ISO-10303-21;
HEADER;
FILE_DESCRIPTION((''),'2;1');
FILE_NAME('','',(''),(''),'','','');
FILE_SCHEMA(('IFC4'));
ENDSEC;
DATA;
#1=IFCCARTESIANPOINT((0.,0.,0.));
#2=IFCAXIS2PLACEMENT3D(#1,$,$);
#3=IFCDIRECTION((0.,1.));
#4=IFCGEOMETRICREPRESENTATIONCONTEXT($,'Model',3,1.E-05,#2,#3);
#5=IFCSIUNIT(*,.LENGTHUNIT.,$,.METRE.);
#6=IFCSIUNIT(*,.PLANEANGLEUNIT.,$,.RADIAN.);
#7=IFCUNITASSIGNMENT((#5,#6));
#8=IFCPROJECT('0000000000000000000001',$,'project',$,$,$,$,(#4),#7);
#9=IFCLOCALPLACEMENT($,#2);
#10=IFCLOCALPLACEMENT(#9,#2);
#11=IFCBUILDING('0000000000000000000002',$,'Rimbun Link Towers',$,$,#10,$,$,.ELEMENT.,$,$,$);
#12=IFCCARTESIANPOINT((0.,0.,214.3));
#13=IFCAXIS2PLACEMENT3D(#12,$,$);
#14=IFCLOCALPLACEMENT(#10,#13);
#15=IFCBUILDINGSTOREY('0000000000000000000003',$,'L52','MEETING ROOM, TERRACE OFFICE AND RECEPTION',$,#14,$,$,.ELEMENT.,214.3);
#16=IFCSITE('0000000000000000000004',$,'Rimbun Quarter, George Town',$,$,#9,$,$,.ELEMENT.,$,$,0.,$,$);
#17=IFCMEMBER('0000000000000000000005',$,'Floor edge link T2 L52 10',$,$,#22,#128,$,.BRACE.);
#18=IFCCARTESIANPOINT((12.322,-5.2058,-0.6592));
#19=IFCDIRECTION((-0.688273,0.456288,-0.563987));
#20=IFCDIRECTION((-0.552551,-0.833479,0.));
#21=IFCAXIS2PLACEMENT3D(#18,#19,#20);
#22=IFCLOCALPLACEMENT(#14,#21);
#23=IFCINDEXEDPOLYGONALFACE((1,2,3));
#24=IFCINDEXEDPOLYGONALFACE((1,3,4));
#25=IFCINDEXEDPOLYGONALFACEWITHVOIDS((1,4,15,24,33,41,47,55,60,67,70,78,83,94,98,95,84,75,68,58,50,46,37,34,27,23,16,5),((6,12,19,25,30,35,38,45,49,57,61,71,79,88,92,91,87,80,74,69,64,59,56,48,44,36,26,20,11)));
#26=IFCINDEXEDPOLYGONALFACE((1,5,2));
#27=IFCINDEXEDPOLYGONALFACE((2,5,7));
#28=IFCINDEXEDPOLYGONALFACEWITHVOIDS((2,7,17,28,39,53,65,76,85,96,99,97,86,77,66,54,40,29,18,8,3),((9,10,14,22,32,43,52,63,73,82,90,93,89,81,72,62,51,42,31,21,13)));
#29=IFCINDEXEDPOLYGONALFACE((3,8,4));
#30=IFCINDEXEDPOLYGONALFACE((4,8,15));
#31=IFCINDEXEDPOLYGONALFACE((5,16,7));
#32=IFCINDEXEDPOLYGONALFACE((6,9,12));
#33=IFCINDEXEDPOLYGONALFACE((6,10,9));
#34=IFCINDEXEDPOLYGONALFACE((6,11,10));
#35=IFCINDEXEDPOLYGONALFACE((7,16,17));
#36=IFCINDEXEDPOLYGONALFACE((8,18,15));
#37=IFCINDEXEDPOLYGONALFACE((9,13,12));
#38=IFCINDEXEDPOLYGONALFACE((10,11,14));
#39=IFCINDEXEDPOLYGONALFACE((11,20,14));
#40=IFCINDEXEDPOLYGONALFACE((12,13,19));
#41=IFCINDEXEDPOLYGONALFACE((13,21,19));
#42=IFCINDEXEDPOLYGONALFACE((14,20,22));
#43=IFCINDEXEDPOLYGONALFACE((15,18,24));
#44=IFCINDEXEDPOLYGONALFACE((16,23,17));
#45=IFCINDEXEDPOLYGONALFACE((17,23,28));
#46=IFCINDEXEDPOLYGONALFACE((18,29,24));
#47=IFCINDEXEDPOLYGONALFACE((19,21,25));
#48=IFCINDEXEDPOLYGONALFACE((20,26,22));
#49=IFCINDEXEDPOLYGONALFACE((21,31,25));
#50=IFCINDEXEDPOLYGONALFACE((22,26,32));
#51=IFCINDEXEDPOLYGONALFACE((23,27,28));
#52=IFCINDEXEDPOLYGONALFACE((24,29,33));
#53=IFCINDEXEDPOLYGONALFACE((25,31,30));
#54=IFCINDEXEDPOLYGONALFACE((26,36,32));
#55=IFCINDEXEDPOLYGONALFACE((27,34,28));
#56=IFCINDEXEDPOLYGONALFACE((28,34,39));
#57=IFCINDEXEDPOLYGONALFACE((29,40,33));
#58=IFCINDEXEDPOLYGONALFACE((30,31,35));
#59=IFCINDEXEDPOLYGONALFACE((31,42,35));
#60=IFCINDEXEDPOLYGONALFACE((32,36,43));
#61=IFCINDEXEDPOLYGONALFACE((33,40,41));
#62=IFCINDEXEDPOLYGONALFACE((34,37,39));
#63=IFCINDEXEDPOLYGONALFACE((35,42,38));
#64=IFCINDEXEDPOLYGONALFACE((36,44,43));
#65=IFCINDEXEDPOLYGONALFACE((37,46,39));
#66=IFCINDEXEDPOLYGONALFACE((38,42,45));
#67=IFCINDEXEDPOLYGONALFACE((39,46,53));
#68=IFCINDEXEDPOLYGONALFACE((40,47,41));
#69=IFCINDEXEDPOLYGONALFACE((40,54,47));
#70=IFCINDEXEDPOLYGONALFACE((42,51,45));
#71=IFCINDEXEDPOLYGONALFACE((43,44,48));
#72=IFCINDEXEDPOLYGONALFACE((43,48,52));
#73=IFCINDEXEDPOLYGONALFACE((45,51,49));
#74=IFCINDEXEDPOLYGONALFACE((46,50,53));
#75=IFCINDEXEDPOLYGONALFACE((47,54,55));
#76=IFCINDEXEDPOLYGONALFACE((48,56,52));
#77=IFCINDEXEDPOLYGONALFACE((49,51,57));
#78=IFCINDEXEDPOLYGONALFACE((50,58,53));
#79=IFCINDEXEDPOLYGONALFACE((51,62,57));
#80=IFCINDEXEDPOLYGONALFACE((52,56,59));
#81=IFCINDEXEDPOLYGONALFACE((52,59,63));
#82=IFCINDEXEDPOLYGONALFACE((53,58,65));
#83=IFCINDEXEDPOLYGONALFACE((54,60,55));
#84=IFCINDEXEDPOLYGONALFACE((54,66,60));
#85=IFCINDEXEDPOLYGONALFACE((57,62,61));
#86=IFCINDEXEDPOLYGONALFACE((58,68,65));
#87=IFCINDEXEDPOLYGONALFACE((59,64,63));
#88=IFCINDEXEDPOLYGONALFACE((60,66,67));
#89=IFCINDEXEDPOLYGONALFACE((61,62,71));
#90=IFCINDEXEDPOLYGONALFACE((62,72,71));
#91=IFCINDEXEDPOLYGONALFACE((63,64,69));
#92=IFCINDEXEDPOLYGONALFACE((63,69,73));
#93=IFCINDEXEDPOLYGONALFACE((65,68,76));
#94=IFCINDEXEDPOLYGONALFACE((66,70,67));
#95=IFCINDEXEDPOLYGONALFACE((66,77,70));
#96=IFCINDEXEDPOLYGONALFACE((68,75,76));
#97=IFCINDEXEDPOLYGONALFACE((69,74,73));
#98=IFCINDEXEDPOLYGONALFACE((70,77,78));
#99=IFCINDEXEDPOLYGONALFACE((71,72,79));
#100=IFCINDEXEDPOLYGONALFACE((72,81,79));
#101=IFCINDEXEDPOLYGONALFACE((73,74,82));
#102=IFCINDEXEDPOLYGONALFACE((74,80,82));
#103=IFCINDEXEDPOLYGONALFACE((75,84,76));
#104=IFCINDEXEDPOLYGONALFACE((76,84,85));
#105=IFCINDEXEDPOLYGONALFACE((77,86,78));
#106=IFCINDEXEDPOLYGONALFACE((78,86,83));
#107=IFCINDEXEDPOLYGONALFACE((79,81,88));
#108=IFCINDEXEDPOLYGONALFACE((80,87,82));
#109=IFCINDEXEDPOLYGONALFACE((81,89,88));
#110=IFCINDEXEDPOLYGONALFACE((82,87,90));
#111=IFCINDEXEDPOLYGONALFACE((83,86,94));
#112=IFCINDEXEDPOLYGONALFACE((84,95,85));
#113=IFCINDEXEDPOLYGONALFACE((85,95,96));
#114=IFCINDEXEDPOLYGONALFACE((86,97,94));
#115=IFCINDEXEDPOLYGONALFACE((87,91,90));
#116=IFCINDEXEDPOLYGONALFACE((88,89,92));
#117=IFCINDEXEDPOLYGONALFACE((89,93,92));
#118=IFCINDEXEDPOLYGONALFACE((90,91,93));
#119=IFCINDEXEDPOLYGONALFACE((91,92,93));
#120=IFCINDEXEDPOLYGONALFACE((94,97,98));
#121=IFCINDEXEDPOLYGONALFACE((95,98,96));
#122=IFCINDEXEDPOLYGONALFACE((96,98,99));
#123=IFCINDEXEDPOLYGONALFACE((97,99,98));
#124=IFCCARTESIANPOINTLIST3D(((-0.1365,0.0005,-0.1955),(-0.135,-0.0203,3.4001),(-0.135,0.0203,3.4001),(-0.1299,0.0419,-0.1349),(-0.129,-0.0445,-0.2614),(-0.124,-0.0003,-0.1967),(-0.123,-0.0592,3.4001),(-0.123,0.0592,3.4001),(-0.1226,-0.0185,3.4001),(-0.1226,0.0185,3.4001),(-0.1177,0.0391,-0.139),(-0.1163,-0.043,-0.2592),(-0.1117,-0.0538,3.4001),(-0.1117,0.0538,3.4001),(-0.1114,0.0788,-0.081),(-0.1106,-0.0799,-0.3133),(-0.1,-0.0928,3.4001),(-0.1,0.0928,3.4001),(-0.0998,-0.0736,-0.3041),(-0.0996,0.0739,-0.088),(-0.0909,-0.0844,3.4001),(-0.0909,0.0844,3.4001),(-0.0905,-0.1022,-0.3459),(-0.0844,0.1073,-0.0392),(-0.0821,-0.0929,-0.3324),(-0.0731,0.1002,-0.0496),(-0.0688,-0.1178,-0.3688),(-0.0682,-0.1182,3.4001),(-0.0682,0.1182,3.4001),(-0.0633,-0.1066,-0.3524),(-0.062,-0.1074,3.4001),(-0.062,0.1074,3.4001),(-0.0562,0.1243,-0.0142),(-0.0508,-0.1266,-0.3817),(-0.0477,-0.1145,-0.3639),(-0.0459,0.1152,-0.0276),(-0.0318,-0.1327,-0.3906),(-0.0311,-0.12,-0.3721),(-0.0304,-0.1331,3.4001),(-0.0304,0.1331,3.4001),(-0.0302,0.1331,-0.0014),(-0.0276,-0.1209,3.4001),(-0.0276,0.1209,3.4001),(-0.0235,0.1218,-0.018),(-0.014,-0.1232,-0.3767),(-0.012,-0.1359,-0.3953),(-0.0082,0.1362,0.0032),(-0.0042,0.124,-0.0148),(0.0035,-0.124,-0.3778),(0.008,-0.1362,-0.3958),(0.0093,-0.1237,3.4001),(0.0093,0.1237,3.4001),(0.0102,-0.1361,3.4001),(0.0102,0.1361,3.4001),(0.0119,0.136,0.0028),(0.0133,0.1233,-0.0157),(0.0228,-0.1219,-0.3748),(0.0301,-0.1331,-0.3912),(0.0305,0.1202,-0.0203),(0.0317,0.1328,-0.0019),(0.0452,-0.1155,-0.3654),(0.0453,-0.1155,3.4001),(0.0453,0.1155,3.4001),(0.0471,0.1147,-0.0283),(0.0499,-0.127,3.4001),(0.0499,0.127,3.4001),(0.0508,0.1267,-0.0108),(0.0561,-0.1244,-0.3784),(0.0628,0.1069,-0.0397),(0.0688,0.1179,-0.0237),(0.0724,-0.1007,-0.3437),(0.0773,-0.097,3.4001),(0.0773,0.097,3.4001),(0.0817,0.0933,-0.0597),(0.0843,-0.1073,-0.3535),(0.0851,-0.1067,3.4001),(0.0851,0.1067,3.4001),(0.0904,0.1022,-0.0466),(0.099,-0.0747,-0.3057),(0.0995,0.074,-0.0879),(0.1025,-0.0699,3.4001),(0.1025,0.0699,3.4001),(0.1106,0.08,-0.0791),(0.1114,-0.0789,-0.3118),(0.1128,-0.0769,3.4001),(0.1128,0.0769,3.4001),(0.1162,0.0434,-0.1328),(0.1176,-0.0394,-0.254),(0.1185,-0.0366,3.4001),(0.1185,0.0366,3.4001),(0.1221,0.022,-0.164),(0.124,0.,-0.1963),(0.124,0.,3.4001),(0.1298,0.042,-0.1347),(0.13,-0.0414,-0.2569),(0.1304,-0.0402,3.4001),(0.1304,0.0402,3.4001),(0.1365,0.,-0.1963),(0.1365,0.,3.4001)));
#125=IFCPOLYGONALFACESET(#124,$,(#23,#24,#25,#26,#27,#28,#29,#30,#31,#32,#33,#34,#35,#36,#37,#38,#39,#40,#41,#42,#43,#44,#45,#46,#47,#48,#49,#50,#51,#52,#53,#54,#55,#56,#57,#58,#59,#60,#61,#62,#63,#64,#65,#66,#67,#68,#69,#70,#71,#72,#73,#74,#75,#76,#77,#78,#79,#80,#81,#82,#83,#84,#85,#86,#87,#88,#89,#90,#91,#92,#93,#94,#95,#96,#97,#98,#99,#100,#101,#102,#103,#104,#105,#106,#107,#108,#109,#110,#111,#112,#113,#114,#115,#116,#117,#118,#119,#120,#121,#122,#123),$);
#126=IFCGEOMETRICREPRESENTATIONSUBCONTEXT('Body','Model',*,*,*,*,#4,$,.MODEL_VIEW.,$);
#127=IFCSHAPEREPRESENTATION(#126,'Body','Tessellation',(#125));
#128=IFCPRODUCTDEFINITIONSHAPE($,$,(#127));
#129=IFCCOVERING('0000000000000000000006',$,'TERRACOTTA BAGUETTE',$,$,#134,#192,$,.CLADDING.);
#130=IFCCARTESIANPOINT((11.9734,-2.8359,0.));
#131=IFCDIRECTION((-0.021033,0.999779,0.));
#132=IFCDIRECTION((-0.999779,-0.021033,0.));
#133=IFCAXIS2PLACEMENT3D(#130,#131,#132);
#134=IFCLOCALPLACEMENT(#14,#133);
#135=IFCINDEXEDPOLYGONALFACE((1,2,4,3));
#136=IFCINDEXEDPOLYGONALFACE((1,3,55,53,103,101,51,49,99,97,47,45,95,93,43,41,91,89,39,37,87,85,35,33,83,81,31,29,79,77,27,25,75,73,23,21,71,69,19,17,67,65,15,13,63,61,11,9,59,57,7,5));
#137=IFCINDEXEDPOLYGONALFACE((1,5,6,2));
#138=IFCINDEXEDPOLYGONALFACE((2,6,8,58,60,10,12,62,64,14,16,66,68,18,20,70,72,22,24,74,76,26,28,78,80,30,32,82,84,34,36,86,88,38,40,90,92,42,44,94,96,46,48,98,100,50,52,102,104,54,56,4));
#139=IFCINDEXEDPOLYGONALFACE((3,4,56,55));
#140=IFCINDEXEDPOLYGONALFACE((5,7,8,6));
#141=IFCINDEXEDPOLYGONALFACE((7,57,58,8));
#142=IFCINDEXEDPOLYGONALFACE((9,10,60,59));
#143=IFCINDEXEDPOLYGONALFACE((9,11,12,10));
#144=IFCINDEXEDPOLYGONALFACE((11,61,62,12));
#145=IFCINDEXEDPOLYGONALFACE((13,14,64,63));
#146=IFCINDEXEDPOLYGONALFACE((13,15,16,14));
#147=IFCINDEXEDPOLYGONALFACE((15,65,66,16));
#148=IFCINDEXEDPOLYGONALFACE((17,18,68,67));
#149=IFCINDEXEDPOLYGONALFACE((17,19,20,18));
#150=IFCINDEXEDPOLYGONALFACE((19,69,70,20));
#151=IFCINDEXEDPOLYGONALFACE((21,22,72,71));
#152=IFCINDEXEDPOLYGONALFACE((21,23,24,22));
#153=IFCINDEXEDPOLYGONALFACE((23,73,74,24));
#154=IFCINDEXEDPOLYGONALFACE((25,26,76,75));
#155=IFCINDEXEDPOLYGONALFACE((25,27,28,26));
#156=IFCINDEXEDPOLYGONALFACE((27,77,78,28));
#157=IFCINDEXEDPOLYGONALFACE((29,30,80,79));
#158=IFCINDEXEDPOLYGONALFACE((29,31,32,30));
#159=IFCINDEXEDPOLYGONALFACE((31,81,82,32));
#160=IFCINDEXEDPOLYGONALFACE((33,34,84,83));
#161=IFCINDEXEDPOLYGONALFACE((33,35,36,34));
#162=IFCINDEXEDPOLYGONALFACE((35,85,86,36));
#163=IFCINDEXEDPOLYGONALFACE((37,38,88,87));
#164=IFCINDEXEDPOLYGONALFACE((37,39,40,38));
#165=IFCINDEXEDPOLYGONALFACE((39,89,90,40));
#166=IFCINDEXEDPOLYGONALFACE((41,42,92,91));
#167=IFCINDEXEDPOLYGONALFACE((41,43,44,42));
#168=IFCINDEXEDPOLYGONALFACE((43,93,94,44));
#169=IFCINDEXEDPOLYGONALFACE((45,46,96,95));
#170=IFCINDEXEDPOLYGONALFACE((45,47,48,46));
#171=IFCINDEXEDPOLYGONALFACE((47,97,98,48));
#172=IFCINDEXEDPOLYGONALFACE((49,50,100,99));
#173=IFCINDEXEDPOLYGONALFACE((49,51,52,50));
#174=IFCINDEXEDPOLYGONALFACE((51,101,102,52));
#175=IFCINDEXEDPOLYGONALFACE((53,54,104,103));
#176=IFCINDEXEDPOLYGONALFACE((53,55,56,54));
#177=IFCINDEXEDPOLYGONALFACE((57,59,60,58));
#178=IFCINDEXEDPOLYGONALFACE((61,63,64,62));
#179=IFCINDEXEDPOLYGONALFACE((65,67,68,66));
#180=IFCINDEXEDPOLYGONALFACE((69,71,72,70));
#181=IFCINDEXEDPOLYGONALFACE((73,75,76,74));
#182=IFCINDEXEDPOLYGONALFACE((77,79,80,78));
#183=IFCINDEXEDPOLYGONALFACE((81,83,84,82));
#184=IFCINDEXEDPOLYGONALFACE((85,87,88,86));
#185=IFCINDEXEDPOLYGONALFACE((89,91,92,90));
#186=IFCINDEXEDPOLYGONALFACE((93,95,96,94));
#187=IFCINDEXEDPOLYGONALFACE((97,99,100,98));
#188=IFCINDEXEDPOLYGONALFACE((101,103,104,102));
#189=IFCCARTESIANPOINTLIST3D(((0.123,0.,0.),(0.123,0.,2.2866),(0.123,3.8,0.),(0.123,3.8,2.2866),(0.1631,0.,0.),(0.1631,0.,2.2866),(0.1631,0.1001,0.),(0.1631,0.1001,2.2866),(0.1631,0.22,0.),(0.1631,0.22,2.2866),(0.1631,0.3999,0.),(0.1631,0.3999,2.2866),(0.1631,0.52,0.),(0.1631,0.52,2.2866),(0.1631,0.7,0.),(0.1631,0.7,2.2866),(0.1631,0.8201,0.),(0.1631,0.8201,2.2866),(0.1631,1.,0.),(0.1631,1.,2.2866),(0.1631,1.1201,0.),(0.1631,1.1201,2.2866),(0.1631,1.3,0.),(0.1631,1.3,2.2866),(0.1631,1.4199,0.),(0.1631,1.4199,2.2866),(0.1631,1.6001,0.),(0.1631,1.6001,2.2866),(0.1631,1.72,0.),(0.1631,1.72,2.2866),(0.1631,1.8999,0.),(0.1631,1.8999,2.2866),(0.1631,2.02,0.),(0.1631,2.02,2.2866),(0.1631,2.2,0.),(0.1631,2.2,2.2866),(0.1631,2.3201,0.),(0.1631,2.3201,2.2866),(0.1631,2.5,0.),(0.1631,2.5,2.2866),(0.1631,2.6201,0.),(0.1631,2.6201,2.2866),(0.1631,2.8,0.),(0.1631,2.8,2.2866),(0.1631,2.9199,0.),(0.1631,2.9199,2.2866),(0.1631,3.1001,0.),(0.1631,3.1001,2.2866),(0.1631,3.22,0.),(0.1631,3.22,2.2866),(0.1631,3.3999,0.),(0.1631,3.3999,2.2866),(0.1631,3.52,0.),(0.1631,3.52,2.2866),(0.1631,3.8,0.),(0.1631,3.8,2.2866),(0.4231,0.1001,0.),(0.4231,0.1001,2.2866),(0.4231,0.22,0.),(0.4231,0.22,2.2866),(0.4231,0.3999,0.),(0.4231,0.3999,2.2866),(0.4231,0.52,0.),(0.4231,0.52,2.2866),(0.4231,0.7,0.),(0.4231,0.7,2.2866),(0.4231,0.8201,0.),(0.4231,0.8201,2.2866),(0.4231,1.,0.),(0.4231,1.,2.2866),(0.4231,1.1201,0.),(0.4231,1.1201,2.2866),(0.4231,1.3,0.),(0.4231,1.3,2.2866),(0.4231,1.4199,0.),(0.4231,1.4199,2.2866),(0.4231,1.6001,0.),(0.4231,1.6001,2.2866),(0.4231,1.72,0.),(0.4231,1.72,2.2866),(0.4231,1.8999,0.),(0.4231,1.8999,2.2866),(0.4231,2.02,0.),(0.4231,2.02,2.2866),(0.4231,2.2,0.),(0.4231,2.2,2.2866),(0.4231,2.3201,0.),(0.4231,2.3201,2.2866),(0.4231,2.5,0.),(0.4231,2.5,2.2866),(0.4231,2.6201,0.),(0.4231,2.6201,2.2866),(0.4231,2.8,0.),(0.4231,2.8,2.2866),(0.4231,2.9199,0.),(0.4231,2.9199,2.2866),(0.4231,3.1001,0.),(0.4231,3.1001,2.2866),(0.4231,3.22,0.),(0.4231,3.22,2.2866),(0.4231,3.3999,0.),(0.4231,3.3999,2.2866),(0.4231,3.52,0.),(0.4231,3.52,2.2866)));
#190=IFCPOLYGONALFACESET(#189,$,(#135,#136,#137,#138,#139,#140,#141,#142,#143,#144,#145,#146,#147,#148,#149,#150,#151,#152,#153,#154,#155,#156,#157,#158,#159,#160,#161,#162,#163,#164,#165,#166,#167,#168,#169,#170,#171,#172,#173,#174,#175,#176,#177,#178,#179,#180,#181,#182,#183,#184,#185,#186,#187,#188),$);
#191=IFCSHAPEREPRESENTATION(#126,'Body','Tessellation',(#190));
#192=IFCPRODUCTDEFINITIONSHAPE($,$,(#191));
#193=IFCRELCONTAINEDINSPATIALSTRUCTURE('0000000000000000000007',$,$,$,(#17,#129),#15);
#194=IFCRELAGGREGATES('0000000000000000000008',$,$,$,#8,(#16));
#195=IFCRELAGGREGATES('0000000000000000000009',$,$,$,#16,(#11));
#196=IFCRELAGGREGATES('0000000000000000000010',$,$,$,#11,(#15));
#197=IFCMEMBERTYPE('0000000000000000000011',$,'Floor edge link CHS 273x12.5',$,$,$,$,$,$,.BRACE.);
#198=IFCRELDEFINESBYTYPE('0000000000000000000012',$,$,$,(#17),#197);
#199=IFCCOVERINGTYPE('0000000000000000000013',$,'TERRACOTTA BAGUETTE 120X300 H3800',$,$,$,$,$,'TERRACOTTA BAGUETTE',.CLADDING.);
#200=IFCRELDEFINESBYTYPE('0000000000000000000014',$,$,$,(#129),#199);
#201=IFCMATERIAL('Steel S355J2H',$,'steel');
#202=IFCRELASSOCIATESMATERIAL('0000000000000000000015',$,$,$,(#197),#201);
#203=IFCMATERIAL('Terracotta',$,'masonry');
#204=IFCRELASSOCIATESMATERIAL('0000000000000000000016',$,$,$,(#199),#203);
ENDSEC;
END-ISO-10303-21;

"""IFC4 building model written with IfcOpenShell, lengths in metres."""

from ifc_helpers import new_model, si_unit, direction, frame, origin, origin_2d, place, context, subcontext, project, spatial, polyline, hollow_circle, outline, extrude, clip, halfspace, material, material_profile, profile_set, type_object, element, save


model = new_model("IFC4")

# Units and contexts
model_context = context("Model", 3, precision=1e-05, world=origin(), true_north=direction((0.0, 1.0)))
body_context = subcontext(model_context, "Body", "Model", "MODEL_VIEW")
ifc_project = project(units=[si_unit("LENGTHUNIT", "METRE"), si_unit("PLANEANGLEUNIT", "RADIAN")], contexts=[model_context])

# Site, building, storey
site_placement = place(None, origin())
site = spatial("IfcSite", under=ifc_project, at=site_placement, Name="Rimbun Quarter, George Town", CompositionType="ELEMENT", RefElevation=0.0)
building_placement = place(site_placement, origin())
building = spatial("IfcBuilding", under=site, at=building_placement, Name="Rimbun Link Towers", CompositionType="ELEMENT")
storey_placement = place(building_placement, frame((0.0, 0.0, 214.3)))
storey = spatial("IfcBuildingStorey", under=building, at=storey_placement, Name="L52", Description="MEETING ROOM, TERRACE OFFICE AND RECEPTION", CompositionType="ELEMENT", Elevation=214.3)

# Member
ifc_material_1 = material(Name="Steel S355J2H", Category="steel")
ifc_material_profile_1 = material_profile(ifc_material_1, hollow_circle(Radius=0.1365, WallThickness=0.0125, at=origin_2d()), Name="CHS 273x12.5")
ifc_profile_set_1 = profile_set([ifc_material_profile_1], Name="Steel S355J2H")
member_type_1 = type_object("IfcMemberType", Name="Floor edge link CHS 273x12.5", PredefinedType="BRACE", material=ifc_profile_set_1)
member_1_placement = place(storey_placement, frame((12.322, -5.2058, -0.6592), z_axis=(-0.688273, 0.456288, -0.563987), x_axis=(-0.552551, -0.833479, 0.0)))
element("IfcMember", 1, at=member_1_placement, inside=storey, type_object=member_type_1, Name="Floor edge link T2 L52 10", PredefinedType="BRACE", context=body_context, shape_type="Clipping", body=[
    clip(extrude(hollow_circle(Radius=0.1365, WallThickness=0.0125, at=origin_2d()), frame((0.0, 0.0, -0.4175)), (0.0, 0.0, 1.0), 3.8176), halfspace(frame((0.0, 0.0, -0.1963), z_axis=(0.0, 0.825783, -0.563987)), False)),
])

# Covering
ifc_material_2 = material(Name="Terracotta", Category="masonry")
ifc_material_profile_2 = material_profile(ifc_material_2, outline(polyline([(0.123, 0.0), (0.1631, 0.0), (0.1631, 0.1001), (0.4231, 0.1001), (0.4231, 0.22), (0.1631, 0.22), (0.1631, 0.3999), (0.4231, 0.3999), (0.4231, 0.52), (0.1631, 0.52), (0.1631, 0.7), (0.4231, 0.7), (0.4231, 0.8201), (0.1631, 0.8201), (0.1631, 1.0), (0.4231, 1.0), (0.4231, 1.1201), (0.1631, 1.1201), (0.1631, 1.3), (0.4231, 1.3), (0.4231, 1.4199), (0.1631, 1.4199), (0.1631, 1.6001), (0.4231, 1.6001), (0.4231, 1.72), (0.1631, 1.72), (0.1631, 1.8999), (0.4231, 1.8999), (0.4231, 2.02), (0.1631, 2.02), (0.1631, 2.2), (0.4231, 2.2), (0.4231, 2.3201), (0.1631, 2.3201), (0.1631, 2.5), (0.4231, 2.5), (0.4231, 2.6201), (0.1631, 2.6201), (0.1631, 2.8), (0.4231, 2.8), (0.4231, 2.9199), (0.1631, 2.9199), (0.1631, 3.1001), (0.4231, 3.1001), (0.4231, 3.22), (0.1631, 3.22), (0.1631, 3.3999), (0.4231, 3.3999), (0.4231, 3.52), (0.1631, 3.52), (0.1631, 3.8), (0.123, 3.8), (0.123, 0.0)])), Name="BAGUETTE 120X300")
ifc_profile_set_2 = profile_set([ifc_material_profile_2], Name="Terracotta")
covering_type_1 = type_object("IfcCoveringType", Name="TERRACOTTA BAGUETTE 120X300 H3800", ElementType="TERRACOTTA BAGUETTE", PredefinedType="CLADDING", material=ifc_profile_set_2)
covering_1_placement = place(storey_placement, frame((11.9734, -2.8359, 0.0), z_axis=(-0.021033, 0.999779, 0.0), x_axis=(-0.999779, -0.021033, 0.0)))
element("IfcCovering", 2, at=covering_1_placement, inside=storey, type_object=covering_type_1, Name="TERRACOTTA BAGUETTE", PredefinedType="CLADDING", context=body_context, shape_type="SweptSolid", body=[
    extrude(outline(polyline([(0.123, 0.0), (0.1631, 0.0), (0.1631, 0.1001), (0.4231, 0.1001), (0.4231, 0.22), (0.1631, 0.22), (0.1631, 0.3999), (0.4231, 0.3999), (0.4231, 0.52), (0.1631, 0.52), (0.1631, 0.7), (0.4231, 0.7), (0.4231, 0.8201), (0.1631, 0.8201), (0.1631, 1.0), (0.4231, 1.0), (0.4231, 1.1201), (0.1631, 1.1201), (0.1631, 1.3), (0.4231, 1.3), (0.4231, 1.4199), (0.1631, 1.4199), (0.1631, 1.6001), (0.4231, 1.6001), (0.4231, 1.72), (0.1631, 1.72), (0.1631, 1.8999), (0.4231, 1.8999), (0.4231, 2.02), (0.1631, 2.02), (0.1631, 2.2), (0.4231, 2.2), (0.4231, 2.3201), (0.1631, 2.3201), (0.1631, 2.5), (0.4231, 2.5), (0.4231, 2.6201), (0.1631, 2.6201), (0.1631, 2.8), (0.4231, 2.8), (0.4231, 2.9199), (0.1631, 2.9199), (0.1631, 3.1001), (0.4231, 3.1001), (0.4231, 3.22), (0.1631, 3.22), (0.1631, 3.3999), (0.4231, 3.3999), (0.4231, 3.52), (0.1631, 3.52), (0.1631, 3.8), (0.123, 3.8), (0.123, 0.0)])), origin(), (0.0, 0.0, 1.0), 2.2866),
])

save(model, "model.ifc")
